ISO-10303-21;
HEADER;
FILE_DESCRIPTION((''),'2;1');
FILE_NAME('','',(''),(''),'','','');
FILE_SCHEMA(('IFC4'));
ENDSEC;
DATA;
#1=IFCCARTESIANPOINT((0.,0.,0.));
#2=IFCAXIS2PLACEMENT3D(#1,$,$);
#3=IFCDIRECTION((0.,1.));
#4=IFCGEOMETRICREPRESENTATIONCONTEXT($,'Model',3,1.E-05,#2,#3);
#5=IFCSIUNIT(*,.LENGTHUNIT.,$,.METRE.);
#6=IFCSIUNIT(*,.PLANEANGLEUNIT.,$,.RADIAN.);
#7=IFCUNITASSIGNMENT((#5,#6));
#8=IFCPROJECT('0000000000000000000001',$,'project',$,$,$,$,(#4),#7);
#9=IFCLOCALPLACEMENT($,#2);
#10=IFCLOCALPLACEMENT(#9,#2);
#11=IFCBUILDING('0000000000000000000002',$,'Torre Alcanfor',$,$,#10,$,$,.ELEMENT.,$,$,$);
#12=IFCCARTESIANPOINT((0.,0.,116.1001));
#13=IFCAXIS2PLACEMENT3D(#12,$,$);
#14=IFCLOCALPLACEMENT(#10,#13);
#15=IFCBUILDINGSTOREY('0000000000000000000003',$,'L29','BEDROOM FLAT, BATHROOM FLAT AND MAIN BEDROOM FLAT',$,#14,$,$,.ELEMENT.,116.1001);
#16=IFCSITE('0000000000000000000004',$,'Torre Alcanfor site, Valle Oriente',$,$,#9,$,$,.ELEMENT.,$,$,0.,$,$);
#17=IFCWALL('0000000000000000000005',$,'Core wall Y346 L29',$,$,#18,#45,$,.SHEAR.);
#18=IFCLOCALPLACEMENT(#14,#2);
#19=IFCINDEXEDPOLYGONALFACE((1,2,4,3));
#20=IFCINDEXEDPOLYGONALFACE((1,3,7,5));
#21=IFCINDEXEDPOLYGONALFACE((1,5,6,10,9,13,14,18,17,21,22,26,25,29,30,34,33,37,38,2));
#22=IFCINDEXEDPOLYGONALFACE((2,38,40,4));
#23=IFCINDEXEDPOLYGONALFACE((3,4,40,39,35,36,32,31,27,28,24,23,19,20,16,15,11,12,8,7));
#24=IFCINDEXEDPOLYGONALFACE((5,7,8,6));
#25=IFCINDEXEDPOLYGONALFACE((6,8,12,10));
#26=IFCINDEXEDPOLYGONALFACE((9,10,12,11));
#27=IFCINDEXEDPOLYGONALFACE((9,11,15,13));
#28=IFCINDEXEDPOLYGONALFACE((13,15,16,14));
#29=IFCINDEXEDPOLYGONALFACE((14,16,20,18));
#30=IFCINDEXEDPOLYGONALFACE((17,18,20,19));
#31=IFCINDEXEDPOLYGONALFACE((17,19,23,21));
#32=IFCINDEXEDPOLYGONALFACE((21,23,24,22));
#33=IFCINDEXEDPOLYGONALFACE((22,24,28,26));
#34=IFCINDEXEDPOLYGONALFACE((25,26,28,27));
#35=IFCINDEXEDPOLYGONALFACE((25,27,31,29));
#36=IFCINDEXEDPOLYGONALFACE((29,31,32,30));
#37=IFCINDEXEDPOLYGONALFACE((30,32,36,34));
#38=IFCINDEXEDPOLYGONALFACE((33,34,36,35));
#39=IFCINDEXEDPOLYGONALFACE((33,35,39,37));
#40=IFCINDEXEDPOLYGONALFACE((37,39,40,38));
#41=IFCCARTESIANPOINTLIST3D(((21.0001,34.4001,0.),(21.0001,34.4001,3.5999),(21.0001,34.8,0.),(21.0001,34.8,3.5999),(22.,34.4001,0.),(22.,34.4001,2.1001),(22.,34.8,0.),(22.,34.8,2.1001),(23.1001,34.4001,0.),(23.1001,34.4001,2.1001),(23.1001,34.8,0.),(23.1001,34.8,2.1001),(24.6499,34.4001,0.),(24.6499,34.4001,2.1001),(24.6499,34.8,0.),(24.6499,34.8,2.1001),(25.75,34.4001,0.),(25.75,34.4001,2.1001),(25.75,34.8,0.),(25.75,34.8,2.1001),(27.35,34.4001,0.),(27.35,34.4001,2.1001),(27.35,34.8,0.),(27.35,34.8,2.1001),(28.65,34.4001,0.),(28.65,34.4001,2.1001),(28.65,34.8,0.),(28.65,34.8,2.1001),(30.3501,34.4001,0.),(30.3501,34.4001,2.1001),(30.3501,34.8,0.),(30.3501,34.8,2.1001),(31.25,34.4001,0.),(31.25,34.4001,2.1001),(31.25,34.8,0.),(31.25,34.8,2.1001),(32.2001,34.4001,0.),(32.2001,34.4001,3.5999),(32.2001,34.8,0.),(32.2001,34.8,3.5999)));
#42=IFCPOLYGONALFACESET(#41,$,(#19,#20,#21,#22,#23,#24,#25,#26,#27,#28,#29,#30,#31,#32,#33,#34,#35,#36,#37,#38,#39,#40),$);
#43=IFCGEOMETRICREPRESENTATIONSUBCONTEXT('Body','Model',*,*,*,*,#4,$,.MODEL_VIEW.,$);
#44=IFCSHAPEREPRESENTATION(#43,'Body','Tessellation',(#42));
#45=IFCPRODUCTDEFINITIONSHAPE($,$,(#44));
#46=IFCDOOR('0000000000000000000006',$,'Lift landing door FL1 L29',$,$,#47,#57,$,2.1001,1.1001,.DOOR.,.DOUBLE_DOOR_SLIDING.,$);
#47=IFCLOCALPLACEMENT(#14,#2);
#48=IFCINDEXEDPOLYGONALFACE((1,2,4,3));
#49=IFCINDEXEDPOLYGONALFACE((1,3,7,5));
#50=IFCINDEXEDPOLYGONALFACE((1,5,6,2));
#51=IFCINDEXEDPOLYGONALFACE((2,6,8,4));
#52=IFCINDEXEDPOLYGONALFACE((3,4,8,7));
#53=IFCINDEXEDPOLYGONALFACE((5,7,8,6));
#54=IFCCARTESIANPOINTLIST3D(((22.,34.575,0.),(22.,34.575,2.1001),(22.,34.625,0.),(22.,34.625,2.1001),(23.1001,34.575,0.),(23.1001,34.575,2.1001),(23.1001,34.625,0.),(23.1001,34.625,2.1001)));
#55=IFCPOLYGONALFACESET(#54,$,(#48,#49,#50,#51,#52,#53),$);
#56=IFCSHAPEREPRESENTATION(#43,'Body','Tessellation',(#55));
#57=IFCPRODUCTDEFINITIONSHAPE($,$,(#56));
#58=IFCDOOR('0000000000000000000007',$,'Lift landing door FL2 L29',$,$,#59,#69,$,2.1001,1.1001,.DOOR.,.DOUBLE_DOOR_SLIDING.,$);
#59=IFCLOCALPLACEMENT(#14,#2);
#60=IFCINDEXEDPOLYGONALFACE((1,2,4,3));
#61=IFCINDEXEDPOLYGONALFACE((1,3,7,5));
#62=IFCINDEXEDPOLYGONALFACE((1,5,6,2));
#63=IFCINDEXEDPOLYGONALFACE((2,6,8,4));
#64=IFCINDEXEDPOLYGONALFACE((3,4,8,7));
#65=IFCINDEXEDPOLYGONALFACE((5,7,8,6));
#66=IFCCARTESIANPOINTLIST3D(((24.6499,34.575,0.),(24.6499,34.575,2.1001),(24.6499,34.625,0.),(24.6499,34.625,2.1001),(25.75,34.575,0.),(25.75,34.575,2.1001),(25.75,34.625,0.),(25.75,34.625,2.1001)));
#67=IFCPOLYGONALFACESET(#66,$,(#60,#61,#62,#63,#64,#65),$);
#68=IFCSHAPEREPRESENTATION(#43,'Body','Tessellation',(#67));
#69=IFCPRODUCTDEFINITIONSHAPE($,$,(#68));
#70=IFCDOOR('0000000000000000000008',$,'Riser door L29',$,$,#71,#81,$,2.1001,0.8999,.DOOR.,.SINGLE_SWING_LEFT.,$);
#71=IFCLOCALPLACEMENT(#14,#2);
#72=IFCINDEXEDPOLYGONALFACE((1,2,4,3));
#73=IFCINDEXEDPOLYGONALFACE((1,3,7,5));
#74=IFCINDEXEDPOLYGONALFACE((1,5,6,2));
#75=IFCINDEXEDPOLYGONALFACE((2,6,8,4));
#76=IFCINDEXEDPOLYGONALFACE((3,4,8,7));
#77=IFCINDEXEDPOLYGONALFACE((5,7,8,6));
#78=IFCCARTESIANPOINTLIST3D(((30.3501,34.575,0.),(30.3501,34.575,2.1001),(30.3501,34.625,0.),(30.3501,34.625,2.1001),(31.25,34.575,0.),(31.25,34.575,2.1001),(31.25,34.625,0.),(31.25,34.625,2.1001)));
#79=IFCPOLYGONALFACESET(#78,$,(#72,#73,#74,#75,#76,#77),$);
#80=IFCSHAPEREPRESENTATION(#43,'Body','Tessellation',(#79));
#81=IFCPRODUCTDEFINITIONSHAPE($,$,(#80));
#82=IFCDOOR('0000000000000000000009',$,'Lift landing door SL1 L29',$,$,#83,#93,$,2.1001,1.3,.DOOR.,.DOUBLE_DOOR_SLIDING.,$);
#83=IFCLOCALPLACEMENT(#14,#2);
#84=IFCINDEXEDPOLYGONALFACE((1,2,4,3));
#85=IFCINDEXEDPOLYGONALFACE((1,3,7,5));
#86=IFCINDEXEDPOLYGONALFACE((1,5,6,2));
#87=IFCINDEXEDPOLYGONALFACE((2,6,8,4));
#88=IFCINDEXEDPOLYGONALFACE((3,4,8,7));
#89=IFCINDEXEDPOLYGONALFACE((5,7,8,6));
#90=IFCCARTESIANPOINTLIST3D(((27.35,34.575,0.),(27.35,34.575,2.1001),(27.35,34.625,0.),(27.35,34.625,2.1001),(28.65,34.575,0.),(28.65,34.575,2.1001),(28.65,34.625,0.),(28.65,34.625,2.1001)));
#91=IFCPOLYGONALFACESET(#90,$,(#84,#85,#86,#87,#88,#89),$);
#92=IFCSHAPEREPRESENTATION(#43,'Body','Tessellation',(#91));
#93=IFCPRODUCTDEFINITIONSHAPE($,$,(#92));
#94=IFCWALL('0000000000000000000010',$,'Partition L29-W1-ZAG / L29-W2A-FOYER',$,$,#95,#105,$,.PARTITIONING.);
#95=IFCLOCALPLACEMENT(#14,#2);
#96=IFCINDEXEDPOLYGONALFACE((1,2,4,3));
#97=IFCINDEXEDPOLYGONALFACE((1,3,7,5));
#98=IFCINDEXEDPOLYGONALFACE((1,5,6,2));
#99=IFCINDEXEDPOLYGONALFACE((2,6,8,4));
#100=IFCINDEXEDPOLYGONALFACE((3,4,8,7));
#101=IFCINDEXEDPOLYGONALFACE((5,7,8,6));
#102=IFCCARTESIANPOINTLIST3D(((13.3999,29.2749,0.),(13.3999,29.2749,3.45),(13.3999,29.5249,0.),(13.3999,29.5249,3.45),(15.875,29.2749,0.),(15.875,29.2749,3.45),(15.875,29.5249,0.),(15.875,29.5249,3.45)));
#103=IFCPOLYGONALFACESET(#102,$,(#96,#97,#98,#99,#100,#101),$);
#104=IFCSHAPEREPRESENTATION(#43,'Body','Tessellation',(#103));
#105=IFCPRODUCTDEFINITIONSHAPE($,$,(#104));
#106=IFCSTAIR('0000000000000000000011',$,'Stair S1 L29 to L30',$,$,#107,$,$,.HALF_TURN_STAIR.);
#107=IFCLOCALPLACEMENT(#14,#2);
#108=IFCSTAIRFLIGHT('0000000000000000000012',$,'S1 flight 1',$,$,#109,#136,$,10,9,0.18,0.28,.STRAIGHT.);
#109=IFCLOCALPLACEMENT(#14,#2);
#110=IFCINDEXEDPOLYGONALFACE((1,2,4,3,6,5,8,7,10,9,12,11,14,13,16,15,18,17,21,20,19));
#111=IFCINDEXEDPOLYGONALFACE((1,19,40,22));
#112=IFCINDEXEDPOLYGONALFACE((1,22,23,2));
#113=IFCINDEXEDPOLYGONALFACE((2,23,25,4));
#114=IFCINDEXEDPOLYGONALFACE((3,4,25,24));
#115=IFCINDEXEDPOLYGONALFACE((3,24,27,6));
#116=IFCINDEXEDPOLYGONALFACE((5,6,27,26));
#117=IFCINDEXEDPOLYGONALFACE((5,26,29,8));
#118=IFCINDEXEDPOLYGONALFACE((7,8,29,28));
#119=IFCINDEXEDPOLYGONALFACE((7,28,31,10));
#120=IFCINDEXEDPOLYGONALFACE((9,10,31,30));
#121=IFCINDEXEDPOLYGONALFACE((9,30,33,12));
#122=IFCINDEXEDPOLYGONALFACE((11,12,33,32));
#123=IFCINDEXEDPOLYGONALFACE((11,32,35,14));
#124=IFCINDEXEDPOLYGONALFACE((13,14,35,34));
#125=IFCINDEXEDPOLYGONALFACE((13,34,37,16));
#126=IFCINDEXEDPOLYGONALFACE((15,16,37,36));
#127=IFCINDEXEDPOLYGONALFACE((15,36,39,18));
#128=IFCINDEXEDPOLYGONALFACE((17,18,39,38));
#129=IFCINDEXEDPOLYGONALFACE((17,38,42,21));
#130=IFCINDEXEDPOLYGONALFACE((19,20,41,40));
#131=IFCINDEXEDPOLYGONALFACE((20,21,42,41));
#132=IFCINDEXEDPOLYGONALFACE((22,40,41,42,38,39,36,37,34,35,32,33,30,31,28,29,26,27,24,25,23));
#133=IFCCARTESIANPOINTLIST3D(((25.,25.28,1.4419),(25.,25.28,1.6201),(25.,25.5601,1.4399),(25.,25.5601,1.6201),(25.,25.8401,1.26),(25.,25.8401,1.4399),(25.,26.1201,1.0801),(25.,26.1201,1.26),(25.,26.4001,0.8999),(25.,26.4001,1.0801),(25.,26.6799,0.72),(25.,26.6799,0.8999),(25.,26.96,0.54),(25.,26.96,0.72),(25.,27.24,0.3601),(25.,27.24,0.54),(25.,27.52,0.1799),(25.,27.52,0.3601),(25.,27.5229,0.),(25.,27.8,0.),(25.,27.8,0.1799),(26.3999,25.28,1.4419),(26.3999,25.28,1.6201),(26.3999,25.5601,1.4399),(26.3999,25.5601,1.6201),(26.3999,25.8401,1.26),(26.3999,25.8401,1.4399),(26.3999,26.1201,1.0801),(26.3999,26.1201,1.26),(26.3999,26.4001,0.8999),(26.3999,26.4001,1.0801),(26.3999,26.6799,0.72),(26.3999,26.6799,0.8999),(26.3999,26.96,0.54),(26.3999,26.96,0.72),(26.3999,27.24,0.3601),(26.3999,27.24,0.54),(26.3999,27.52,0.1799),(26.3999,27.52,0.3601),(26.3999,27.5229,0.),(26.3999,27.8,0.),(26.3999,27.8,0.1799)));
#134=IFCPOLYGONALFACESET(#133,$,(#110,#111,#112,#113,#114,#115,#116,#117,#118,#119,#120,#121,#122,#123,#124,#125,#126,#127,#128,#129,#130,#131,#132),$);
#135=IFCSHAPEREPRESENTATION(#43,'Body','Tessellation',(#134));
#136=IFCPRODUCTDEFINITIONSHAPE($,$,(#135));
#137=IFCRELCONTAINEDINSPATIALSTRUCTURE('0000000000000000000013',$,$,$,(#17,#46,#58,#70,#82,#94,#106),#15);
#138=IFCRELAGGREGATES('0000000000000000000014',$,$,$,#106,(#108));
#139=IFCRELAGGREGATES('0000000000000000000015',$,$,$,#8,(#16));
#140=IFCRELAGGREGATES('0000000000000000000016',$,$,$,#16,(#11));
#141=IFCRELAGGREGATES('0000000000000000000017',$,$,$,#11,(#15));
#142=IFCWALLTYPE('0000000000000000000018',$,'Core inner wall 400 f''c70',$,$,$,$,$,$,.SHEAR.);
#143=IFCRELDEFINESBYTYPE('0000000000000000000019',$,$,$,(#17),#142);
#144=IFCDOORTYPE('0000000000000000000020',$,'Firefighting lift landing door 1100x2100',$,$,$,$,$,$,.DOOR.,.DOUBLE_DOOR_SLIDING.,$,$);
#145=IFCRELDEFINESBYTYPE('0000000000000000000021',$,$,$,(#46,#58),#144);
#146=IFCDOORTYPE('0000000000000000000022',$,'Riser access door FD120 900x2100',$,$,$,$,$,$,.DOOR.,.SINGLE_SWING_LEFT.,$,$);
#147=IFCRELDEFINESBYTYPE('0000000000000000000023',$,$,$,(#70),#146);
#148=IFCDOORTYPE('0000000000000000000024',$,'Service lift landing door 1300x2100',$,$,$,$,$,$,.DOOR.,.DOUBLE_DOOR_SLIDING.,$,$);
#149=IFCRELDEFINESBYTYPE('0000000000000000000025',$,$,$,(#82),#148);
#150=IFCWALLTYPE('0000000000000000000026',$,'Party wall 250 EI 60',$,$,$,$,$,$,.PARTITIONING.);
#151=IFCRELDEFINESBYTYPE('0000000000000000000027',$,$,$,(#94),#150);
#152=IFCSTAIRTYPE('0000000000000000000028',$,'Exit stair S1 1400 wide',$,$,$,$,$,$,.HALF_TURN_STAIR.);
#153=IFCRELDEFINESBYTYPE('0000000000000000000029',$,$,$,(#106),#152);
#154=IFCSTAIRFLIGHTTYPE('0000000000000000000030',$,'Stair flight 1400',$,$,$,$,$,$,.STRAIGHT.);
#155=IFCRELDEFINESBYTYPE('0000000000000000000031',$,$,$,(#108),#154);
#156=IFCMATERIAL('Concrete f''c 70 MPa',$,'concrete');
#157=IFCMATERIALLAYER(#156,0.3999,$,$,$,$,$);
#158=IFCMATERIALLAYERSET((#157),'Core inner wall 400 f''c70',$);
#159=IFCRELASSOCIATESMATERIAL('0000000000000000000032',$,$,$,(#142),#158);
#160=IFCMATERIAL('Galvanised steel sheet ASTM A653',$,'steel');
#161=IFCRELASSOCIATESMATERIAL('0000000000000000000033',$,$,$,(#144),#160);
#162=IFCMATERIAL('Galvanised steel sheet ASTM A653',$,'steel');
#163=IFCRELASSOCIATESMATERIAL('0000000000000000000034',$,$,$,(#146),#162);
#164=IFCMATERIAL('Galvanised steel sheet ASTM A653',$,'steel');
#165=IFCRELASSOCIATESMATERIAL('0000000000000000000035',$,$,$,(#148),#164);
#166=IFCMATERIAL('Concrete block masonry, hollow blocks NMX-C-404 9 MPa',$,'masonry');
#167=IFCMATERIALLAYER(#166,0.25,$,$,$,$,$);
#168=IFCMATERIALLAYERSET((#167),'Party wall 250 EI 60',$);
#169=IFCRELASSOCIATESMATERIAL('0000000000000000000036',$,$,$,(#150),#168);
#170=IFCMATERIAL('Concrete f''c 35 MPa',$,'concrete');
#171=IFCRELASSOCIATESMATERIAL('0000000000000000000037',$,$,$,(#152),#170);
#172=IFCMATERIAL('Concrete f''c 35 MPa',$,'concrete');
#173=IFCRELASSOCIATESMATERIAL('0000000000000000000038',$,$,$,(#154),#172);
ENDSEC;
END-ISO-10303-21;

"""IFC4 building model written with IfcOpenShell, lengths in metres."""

from ifc_helpers import new_model, si_unit, direction, frame, frame_2d, origin, place, context, subcontext, project, spatial, polyline, rectangle, outline, extrude, material, layer, layer_set, type_object, element, fill, aggregate, save


model = new_model("IFC4")

# Units and contexts
model_context = context("Model", 3, precision=1e-05, world=origin(), true_north=direction((0.0, 1.0)))
body_context = subcontext(model_context, "Body", "Model", "MODEL_VIEW")
ifc_project = project(units=[si_unit("LENGTHUNIT", "METRE"), si_unit("PLANEANGLEUNIT", "RADIAN")], contexts=[model_context])

# Site, building, storey
site_placement = place(None, origin())
site = spatial("IfcSite", under=ifc_project, at=site_placement, Name="Torre Alcanfor site, Valle Oriente", CompositionType="ELEMENT", RefElevation=0.0)
building_placement = place(site_placement, origin())
building = spatial("IfcBuilding", under=site, at=building_placement, Name="Torre Alcanfor", CompositionType="ELEMENT")
storey_placement = place(building_placement, frame((0.0, 0.0, 116.1001)))
storey = spatial("IfcBuildingStorey", under=building, at=storey_placement, Name="L29", Description="BEDROOM FLAT, BATHROOM FLAT AND MAIN BEDROOM FLAT", CompositionType="ELEMENT", Elevation=116.1001)

# Shared definitions
ifc_material_1 = material(Name="Concrete f'c 70 MPa", Category="concrete")
ifc_layer_1 = layer(ifc_material_1, 0.3999)
ifc_layer_set_1 = layer_set([ifc_layer_1], Name="Core inner wall 400 f'c70")
wall_type_1 = type_object("IfcWallType", Name="Core inner wall 400 f'c70", PredefinedType="SHEAR", material=ifc_layer_set_1)

# Wall, openings, doors
wall_1_placement = place(storey_placement, frame((21.0, 34.6001, 0.0), z_axis=(0.0, 0.0, 1.0), x_axis=(1.0, 0.0, 0.0)))
wall_1 = element("IfcWall", 1, at=wall_1_placement, inside=storey, type_object=wall_type_1, Name="Core wall Y346 L29", PredefinedType="SHEAR", context=body_context, shape_type="SweptSolid", body=[
    extrude(rectangle(XDim=11.2, YDim=0.3999, at=frame_2d((5.6001, 0.0))), origin(), (0.0, 0.0, 1.0), 3.5999),
])
opening_1_placement = place(wall_1_placement, frame((9.3501, 0.0, 0.0)))
opening_1 = element("IfcOpeningElement", 2, at=opening_1_placement, cuts=wall_1, PredefinedType="OPENING", context=body_context, shape_type="SweptSolid", body=[
    extrude(rectangle(XDim=0.8999, YDim=2.1001, at=frame_2d((0.45, 1.05))), frame((0.0, 0.21, 0.0), z_axis=(0.0, -1.0, 0.0), x_axis=(1.0, 0.0, 0.0)), (0.0, 0.0, 1.0), 0.4199),
])
opening_2_placement = place(wall_1_placement, frame((1.0, 0.0, 0.0)))
opening_2 = element("IfcOpeningElement", 3, at=opening_2_placement, cuts=wall_1, PredefinedType="OPENING", context=body_context, shape_type="SweptSolid", body=[
    extrude(rectangle(XDim=1.1001, YDim=2.1001, at=frame_2d((0.55, 1.05))), frame((0.0, 0.21, 0.0), z_axis=(0.0, -1.0, 0.0), x_axis=(1.0, 0.0, 0.0)), (0.0, 0.0, 1.0), 0.4199),
])
opening_3_placement = place(wall_1_placement, frame((3.6499, 0.0, 0.0)))
opening_3 = element("IfcOpeningElement", 4, at=opening_3_placement, cuts=wall_1, PredefinedType="OPENING", context=body_context, shape_type="SweptSolid", body=[
    extrude(rectangle(XDim=1.1001, YDim=2.1001, at=frame_2d((0.55, 1.05))), frame((0.0, 0.21, 0.0), z_axis=(0.0, -1.0, 0.0), x_axis=(1.0, 0.0, 0.0)), (0.0, 0.0, 1.0), 0.4199),
])
opening_4_placement = place(wall_1_placement, frame((6.3501, 0.0, 0.0)))
opening_4 = element("IfcOpeningElement", 5, at=opening_4_placement, cuts=wall_1, PredefinedType="OPENING", context=body_context, shape_type="SweptSolid", body=[
    extrude(rectangle(XDim=1.3, YDim=2.1001, at=frame_2d((0.6499, 1.05))), frame((0.0, 0.21, 0.0), z_axis=(0.0, -1.0, 0.0), x_axis=(1.0, 0.0, 0.0)), (0.0, 0.0, 1.0), 0.4199),
])
ifc_material_2 = material(Name="Galvanised steel sheet ASTM A653", Category="steel")
door_type_1 = type_object("IfcDoorType", Name="Firefighting lift landing door 1100x2100", OperationType="DOUBLE_DOOR_SLIDING", PredefinedType="DOOR", material=ifc_material_2)
door_1_placement = place(opening_2_placement, origin())
door_1 = element("IfcDoor", 6, at=door_1_placement, inside=storey, type_object=door_type_1, Name="Lift landing door FL1 L29", OperationType="DOUBLE_DOOR_SLIDING", OverallHeight=2.1001, OverallWidth=1.1001, PredefinedType="DOOR", context=body_context, shape_type="SweptSolid", body=[
    extrude(rectangle(XDim=1.1001, YDim=2.1001, at=frame_2d((0.55, 1.05))), frame((0.0, 0.0249, 0.0), z_axis=(0.0, -1.0, 0.0), x_axis=(1.0, 0.0, 0.0)), (0.0, 0.0, 1.0), 0.05),
])
fill(opening_2, door_1)
door_2_placement = place(opening_3_placement, origin())
door_2 = element("IfcDoor", 7, at=door_2_placement, inside=storey, type_object=door_type_1, Name="Lift landing door FL2 L29", OperationType="DOUBLE_DOOR_SLIDING", OverallHeight=2.1001, OverallWidth=1.1001, PredefinedType="DOOR", context=body_context, shape_type="SweptSolid", body=[
    extrude(rectangle(XDim=1.1001, YDim=2.1001, at=frame_2d((0.55, 1.05))), frame((0.0, 0.0249, 0.0), z_axis=(0.0, -1.0, 0.0), x_axis=(1.0, 0.0, 0.0)), (0.0, 0.0, 1.0), 0.05),
])
fill(opening_3, door_2)
ifc_material_3 = material(Name="Galvanised steel sheet ASTM A653", Category="steel")
door_type_2 = type_object("IfcDoorType", Name="Riser access door FD120 900x2100", OperationType="SINGLE_SWING_LEFT", PredefinedType="DOOR", material=ifc_material_3)
door_3_placement = place(opening_1_placement, origin())
door_3 = element("IfcDoor", 8, at=door_3_placement, inside=storey, type_object=door_type_2, Name="Riser door L29", OperationType="SINGLE_SWING_LEFT", OverallHeight=2.1001, OverallWidth=0.8999, PredefinedType="DOOR", context=body_context, shape_type="SweptSolid", body=[
    extrude(rectangle(XDim=0.8999, YDim=2.1001, at=frame_2d((0.45, 1.05))), frame((0.0, 0.0249, 0.0), z_axis=(0.0, -1.0, 0.0), x_axis=(1.0, 0.0, 0.0)), (0.0, 0.0, 1.0), 0.05),
])
fill(opening_1, door_3)
ifc_material_4 = material(Name="Galvanised steel sheet ASTM A653", Category="steel")
door_type_3 = type_object("IfcDoorType", Name="Service lift landing door 1300x2100", OperationType="DOUBLE_DOOR_SLIDING", PredefinedType="DOOR", material=ifc_material_4)
door_4_placement = place(opening_4_placement, origin())
door_4 = element("IfcDoor", 9, at=door_4_placement, inside=storey, type_object=door_type_3, Name="Lift landing door SL1 L29", OperationType="DOUBLE_DOOR_SLIDING", OverallHeight=2.1001, OverallWidth=1.3, PredefinedType="DOOR", context=body_context, shape_type="SweptSolid", body=[
    extrude(rectangle(XDim=1.3, YDim=2.1001, at=frame_2d((0.6499, 1.05))), frame((0.0, 0.0249, 0.0), z_axis=(0.0, -1.0, 0.0), x_axis=(1.0, 0.0, 0.0)), (0.0, 0.0, 1.0), 0.05),
])
fill(opening_4, door_4)

# Wall
ifc_material_5 = material(Name="Concrete block masonry, hollow blocks NMX-C-404 9 MPa", Category="masonry")
ifc_layer_2 = layer(ifc_material_5, 0.25)
ifc_layer_set_2 = layer_set([ifc_layer_2], Name="Party wall 250 EI 60")
wall_type_2 = type_object("IfcWallType", Name="Party wall 250 EI 60", PredefinedType="PARTITIONING", material=ifc_layer_set_2)
wall_2_placement = place(storey_placement, frame((15.875, 29.3999, 0.0), z_axis=(0.0, 0.0, 1.0), x_axis=(-1.0, 0.0, 0.0)))
element("IfcWall", 10, at=wall_2_placement, inside=storey, type_object=wall_type_2, Name="Partition L29-W1-ZAG / L29-W2A-FOYER", PredefinedType="PARTITIONING", context=body_context, shape_type="SweptSolid", body=[
    extrude(rectangle(XDim=2.4751, YDim=0.25, at=frame_2d((1.2375, 0.0))), origin(), (0.0, 0.0, 1.0), 3.45),
])

# Stair, stair flight
ifc_material_6 = material(Name="Concrete f'c 35 MPa", Category="concrete")
stair_type = type_object("IfcStairType", Name="Exit stair S1 1400 wide", PredefinedType="HALF_TURN_STAIR", material=ifc_material_6)
stair_placement = place(storey_placement, origin())
stair = element("IfcStair", 11, at=stair_placement, inside=storey, type_object=stair_type, Name="Stair S1 L29 to L30", PredefinedType="HALF_TURN_STAIR")
ifc_material_7 = material(Name="Concrete f'c 35 MPa", Category="concrete")
stair_flight_type = type_object("IfcStairFlightType", Name="Stair flight 1400", PredefinedType="STRAIGHT", material=ifc_material_7)
stair_flight_placement = place(storey_placement, frame((25.7, 27.8, 0.0), z_axis=(0.0, 0.0, 1.0), x_axis=(0.0, -1.0, 0.0)))
stair_flight = element("IfcStairFlight", 12, at=stair_flight_placement, type_object=stair_flight_type, Name="S1 flight 1", NumberOfRisers=10, NumberOfTreads=9, PredefinedType="STRAIGHT", RiserHeight=0.18, TreadLength=0.28, context=body_context, shape_type="SweptSolid", body=[
    extrude(outline(polyline([(0.0, 0.0), (0.0, 0.1799), (0.28, 0.1799), (0.28, 0.3601), (0.5601, 0.3601), (0.5601, 0.54), (0.8401, 0.54), (0.8401, 0.72), (1.1201, 0.72), (1.1201, 0.8999), (1.3999, 0.8999), (1.3999, 1.0801), (1.6799, 1.0801), (1.6799, 1.26), (1.96, 1.26), (1.96, 1.4399), (2.24, 1.4399), (2.24, 1.6201), (2.52, 1.6201), (2.52, 1.8), (2.52, 1.4419), (0.2771, 0.0), (0.0, 0.0)])), frame((0.0, 0.7, 0.0), z_axis=(0.0, -1.0, 0.0), x_axis=(1.0, 0.0, 0.0)), (0.0, 0.0, 1.0), 1.3999),
])
aggregate(stair, [stair_flight])

save(model, "model.ifc")
